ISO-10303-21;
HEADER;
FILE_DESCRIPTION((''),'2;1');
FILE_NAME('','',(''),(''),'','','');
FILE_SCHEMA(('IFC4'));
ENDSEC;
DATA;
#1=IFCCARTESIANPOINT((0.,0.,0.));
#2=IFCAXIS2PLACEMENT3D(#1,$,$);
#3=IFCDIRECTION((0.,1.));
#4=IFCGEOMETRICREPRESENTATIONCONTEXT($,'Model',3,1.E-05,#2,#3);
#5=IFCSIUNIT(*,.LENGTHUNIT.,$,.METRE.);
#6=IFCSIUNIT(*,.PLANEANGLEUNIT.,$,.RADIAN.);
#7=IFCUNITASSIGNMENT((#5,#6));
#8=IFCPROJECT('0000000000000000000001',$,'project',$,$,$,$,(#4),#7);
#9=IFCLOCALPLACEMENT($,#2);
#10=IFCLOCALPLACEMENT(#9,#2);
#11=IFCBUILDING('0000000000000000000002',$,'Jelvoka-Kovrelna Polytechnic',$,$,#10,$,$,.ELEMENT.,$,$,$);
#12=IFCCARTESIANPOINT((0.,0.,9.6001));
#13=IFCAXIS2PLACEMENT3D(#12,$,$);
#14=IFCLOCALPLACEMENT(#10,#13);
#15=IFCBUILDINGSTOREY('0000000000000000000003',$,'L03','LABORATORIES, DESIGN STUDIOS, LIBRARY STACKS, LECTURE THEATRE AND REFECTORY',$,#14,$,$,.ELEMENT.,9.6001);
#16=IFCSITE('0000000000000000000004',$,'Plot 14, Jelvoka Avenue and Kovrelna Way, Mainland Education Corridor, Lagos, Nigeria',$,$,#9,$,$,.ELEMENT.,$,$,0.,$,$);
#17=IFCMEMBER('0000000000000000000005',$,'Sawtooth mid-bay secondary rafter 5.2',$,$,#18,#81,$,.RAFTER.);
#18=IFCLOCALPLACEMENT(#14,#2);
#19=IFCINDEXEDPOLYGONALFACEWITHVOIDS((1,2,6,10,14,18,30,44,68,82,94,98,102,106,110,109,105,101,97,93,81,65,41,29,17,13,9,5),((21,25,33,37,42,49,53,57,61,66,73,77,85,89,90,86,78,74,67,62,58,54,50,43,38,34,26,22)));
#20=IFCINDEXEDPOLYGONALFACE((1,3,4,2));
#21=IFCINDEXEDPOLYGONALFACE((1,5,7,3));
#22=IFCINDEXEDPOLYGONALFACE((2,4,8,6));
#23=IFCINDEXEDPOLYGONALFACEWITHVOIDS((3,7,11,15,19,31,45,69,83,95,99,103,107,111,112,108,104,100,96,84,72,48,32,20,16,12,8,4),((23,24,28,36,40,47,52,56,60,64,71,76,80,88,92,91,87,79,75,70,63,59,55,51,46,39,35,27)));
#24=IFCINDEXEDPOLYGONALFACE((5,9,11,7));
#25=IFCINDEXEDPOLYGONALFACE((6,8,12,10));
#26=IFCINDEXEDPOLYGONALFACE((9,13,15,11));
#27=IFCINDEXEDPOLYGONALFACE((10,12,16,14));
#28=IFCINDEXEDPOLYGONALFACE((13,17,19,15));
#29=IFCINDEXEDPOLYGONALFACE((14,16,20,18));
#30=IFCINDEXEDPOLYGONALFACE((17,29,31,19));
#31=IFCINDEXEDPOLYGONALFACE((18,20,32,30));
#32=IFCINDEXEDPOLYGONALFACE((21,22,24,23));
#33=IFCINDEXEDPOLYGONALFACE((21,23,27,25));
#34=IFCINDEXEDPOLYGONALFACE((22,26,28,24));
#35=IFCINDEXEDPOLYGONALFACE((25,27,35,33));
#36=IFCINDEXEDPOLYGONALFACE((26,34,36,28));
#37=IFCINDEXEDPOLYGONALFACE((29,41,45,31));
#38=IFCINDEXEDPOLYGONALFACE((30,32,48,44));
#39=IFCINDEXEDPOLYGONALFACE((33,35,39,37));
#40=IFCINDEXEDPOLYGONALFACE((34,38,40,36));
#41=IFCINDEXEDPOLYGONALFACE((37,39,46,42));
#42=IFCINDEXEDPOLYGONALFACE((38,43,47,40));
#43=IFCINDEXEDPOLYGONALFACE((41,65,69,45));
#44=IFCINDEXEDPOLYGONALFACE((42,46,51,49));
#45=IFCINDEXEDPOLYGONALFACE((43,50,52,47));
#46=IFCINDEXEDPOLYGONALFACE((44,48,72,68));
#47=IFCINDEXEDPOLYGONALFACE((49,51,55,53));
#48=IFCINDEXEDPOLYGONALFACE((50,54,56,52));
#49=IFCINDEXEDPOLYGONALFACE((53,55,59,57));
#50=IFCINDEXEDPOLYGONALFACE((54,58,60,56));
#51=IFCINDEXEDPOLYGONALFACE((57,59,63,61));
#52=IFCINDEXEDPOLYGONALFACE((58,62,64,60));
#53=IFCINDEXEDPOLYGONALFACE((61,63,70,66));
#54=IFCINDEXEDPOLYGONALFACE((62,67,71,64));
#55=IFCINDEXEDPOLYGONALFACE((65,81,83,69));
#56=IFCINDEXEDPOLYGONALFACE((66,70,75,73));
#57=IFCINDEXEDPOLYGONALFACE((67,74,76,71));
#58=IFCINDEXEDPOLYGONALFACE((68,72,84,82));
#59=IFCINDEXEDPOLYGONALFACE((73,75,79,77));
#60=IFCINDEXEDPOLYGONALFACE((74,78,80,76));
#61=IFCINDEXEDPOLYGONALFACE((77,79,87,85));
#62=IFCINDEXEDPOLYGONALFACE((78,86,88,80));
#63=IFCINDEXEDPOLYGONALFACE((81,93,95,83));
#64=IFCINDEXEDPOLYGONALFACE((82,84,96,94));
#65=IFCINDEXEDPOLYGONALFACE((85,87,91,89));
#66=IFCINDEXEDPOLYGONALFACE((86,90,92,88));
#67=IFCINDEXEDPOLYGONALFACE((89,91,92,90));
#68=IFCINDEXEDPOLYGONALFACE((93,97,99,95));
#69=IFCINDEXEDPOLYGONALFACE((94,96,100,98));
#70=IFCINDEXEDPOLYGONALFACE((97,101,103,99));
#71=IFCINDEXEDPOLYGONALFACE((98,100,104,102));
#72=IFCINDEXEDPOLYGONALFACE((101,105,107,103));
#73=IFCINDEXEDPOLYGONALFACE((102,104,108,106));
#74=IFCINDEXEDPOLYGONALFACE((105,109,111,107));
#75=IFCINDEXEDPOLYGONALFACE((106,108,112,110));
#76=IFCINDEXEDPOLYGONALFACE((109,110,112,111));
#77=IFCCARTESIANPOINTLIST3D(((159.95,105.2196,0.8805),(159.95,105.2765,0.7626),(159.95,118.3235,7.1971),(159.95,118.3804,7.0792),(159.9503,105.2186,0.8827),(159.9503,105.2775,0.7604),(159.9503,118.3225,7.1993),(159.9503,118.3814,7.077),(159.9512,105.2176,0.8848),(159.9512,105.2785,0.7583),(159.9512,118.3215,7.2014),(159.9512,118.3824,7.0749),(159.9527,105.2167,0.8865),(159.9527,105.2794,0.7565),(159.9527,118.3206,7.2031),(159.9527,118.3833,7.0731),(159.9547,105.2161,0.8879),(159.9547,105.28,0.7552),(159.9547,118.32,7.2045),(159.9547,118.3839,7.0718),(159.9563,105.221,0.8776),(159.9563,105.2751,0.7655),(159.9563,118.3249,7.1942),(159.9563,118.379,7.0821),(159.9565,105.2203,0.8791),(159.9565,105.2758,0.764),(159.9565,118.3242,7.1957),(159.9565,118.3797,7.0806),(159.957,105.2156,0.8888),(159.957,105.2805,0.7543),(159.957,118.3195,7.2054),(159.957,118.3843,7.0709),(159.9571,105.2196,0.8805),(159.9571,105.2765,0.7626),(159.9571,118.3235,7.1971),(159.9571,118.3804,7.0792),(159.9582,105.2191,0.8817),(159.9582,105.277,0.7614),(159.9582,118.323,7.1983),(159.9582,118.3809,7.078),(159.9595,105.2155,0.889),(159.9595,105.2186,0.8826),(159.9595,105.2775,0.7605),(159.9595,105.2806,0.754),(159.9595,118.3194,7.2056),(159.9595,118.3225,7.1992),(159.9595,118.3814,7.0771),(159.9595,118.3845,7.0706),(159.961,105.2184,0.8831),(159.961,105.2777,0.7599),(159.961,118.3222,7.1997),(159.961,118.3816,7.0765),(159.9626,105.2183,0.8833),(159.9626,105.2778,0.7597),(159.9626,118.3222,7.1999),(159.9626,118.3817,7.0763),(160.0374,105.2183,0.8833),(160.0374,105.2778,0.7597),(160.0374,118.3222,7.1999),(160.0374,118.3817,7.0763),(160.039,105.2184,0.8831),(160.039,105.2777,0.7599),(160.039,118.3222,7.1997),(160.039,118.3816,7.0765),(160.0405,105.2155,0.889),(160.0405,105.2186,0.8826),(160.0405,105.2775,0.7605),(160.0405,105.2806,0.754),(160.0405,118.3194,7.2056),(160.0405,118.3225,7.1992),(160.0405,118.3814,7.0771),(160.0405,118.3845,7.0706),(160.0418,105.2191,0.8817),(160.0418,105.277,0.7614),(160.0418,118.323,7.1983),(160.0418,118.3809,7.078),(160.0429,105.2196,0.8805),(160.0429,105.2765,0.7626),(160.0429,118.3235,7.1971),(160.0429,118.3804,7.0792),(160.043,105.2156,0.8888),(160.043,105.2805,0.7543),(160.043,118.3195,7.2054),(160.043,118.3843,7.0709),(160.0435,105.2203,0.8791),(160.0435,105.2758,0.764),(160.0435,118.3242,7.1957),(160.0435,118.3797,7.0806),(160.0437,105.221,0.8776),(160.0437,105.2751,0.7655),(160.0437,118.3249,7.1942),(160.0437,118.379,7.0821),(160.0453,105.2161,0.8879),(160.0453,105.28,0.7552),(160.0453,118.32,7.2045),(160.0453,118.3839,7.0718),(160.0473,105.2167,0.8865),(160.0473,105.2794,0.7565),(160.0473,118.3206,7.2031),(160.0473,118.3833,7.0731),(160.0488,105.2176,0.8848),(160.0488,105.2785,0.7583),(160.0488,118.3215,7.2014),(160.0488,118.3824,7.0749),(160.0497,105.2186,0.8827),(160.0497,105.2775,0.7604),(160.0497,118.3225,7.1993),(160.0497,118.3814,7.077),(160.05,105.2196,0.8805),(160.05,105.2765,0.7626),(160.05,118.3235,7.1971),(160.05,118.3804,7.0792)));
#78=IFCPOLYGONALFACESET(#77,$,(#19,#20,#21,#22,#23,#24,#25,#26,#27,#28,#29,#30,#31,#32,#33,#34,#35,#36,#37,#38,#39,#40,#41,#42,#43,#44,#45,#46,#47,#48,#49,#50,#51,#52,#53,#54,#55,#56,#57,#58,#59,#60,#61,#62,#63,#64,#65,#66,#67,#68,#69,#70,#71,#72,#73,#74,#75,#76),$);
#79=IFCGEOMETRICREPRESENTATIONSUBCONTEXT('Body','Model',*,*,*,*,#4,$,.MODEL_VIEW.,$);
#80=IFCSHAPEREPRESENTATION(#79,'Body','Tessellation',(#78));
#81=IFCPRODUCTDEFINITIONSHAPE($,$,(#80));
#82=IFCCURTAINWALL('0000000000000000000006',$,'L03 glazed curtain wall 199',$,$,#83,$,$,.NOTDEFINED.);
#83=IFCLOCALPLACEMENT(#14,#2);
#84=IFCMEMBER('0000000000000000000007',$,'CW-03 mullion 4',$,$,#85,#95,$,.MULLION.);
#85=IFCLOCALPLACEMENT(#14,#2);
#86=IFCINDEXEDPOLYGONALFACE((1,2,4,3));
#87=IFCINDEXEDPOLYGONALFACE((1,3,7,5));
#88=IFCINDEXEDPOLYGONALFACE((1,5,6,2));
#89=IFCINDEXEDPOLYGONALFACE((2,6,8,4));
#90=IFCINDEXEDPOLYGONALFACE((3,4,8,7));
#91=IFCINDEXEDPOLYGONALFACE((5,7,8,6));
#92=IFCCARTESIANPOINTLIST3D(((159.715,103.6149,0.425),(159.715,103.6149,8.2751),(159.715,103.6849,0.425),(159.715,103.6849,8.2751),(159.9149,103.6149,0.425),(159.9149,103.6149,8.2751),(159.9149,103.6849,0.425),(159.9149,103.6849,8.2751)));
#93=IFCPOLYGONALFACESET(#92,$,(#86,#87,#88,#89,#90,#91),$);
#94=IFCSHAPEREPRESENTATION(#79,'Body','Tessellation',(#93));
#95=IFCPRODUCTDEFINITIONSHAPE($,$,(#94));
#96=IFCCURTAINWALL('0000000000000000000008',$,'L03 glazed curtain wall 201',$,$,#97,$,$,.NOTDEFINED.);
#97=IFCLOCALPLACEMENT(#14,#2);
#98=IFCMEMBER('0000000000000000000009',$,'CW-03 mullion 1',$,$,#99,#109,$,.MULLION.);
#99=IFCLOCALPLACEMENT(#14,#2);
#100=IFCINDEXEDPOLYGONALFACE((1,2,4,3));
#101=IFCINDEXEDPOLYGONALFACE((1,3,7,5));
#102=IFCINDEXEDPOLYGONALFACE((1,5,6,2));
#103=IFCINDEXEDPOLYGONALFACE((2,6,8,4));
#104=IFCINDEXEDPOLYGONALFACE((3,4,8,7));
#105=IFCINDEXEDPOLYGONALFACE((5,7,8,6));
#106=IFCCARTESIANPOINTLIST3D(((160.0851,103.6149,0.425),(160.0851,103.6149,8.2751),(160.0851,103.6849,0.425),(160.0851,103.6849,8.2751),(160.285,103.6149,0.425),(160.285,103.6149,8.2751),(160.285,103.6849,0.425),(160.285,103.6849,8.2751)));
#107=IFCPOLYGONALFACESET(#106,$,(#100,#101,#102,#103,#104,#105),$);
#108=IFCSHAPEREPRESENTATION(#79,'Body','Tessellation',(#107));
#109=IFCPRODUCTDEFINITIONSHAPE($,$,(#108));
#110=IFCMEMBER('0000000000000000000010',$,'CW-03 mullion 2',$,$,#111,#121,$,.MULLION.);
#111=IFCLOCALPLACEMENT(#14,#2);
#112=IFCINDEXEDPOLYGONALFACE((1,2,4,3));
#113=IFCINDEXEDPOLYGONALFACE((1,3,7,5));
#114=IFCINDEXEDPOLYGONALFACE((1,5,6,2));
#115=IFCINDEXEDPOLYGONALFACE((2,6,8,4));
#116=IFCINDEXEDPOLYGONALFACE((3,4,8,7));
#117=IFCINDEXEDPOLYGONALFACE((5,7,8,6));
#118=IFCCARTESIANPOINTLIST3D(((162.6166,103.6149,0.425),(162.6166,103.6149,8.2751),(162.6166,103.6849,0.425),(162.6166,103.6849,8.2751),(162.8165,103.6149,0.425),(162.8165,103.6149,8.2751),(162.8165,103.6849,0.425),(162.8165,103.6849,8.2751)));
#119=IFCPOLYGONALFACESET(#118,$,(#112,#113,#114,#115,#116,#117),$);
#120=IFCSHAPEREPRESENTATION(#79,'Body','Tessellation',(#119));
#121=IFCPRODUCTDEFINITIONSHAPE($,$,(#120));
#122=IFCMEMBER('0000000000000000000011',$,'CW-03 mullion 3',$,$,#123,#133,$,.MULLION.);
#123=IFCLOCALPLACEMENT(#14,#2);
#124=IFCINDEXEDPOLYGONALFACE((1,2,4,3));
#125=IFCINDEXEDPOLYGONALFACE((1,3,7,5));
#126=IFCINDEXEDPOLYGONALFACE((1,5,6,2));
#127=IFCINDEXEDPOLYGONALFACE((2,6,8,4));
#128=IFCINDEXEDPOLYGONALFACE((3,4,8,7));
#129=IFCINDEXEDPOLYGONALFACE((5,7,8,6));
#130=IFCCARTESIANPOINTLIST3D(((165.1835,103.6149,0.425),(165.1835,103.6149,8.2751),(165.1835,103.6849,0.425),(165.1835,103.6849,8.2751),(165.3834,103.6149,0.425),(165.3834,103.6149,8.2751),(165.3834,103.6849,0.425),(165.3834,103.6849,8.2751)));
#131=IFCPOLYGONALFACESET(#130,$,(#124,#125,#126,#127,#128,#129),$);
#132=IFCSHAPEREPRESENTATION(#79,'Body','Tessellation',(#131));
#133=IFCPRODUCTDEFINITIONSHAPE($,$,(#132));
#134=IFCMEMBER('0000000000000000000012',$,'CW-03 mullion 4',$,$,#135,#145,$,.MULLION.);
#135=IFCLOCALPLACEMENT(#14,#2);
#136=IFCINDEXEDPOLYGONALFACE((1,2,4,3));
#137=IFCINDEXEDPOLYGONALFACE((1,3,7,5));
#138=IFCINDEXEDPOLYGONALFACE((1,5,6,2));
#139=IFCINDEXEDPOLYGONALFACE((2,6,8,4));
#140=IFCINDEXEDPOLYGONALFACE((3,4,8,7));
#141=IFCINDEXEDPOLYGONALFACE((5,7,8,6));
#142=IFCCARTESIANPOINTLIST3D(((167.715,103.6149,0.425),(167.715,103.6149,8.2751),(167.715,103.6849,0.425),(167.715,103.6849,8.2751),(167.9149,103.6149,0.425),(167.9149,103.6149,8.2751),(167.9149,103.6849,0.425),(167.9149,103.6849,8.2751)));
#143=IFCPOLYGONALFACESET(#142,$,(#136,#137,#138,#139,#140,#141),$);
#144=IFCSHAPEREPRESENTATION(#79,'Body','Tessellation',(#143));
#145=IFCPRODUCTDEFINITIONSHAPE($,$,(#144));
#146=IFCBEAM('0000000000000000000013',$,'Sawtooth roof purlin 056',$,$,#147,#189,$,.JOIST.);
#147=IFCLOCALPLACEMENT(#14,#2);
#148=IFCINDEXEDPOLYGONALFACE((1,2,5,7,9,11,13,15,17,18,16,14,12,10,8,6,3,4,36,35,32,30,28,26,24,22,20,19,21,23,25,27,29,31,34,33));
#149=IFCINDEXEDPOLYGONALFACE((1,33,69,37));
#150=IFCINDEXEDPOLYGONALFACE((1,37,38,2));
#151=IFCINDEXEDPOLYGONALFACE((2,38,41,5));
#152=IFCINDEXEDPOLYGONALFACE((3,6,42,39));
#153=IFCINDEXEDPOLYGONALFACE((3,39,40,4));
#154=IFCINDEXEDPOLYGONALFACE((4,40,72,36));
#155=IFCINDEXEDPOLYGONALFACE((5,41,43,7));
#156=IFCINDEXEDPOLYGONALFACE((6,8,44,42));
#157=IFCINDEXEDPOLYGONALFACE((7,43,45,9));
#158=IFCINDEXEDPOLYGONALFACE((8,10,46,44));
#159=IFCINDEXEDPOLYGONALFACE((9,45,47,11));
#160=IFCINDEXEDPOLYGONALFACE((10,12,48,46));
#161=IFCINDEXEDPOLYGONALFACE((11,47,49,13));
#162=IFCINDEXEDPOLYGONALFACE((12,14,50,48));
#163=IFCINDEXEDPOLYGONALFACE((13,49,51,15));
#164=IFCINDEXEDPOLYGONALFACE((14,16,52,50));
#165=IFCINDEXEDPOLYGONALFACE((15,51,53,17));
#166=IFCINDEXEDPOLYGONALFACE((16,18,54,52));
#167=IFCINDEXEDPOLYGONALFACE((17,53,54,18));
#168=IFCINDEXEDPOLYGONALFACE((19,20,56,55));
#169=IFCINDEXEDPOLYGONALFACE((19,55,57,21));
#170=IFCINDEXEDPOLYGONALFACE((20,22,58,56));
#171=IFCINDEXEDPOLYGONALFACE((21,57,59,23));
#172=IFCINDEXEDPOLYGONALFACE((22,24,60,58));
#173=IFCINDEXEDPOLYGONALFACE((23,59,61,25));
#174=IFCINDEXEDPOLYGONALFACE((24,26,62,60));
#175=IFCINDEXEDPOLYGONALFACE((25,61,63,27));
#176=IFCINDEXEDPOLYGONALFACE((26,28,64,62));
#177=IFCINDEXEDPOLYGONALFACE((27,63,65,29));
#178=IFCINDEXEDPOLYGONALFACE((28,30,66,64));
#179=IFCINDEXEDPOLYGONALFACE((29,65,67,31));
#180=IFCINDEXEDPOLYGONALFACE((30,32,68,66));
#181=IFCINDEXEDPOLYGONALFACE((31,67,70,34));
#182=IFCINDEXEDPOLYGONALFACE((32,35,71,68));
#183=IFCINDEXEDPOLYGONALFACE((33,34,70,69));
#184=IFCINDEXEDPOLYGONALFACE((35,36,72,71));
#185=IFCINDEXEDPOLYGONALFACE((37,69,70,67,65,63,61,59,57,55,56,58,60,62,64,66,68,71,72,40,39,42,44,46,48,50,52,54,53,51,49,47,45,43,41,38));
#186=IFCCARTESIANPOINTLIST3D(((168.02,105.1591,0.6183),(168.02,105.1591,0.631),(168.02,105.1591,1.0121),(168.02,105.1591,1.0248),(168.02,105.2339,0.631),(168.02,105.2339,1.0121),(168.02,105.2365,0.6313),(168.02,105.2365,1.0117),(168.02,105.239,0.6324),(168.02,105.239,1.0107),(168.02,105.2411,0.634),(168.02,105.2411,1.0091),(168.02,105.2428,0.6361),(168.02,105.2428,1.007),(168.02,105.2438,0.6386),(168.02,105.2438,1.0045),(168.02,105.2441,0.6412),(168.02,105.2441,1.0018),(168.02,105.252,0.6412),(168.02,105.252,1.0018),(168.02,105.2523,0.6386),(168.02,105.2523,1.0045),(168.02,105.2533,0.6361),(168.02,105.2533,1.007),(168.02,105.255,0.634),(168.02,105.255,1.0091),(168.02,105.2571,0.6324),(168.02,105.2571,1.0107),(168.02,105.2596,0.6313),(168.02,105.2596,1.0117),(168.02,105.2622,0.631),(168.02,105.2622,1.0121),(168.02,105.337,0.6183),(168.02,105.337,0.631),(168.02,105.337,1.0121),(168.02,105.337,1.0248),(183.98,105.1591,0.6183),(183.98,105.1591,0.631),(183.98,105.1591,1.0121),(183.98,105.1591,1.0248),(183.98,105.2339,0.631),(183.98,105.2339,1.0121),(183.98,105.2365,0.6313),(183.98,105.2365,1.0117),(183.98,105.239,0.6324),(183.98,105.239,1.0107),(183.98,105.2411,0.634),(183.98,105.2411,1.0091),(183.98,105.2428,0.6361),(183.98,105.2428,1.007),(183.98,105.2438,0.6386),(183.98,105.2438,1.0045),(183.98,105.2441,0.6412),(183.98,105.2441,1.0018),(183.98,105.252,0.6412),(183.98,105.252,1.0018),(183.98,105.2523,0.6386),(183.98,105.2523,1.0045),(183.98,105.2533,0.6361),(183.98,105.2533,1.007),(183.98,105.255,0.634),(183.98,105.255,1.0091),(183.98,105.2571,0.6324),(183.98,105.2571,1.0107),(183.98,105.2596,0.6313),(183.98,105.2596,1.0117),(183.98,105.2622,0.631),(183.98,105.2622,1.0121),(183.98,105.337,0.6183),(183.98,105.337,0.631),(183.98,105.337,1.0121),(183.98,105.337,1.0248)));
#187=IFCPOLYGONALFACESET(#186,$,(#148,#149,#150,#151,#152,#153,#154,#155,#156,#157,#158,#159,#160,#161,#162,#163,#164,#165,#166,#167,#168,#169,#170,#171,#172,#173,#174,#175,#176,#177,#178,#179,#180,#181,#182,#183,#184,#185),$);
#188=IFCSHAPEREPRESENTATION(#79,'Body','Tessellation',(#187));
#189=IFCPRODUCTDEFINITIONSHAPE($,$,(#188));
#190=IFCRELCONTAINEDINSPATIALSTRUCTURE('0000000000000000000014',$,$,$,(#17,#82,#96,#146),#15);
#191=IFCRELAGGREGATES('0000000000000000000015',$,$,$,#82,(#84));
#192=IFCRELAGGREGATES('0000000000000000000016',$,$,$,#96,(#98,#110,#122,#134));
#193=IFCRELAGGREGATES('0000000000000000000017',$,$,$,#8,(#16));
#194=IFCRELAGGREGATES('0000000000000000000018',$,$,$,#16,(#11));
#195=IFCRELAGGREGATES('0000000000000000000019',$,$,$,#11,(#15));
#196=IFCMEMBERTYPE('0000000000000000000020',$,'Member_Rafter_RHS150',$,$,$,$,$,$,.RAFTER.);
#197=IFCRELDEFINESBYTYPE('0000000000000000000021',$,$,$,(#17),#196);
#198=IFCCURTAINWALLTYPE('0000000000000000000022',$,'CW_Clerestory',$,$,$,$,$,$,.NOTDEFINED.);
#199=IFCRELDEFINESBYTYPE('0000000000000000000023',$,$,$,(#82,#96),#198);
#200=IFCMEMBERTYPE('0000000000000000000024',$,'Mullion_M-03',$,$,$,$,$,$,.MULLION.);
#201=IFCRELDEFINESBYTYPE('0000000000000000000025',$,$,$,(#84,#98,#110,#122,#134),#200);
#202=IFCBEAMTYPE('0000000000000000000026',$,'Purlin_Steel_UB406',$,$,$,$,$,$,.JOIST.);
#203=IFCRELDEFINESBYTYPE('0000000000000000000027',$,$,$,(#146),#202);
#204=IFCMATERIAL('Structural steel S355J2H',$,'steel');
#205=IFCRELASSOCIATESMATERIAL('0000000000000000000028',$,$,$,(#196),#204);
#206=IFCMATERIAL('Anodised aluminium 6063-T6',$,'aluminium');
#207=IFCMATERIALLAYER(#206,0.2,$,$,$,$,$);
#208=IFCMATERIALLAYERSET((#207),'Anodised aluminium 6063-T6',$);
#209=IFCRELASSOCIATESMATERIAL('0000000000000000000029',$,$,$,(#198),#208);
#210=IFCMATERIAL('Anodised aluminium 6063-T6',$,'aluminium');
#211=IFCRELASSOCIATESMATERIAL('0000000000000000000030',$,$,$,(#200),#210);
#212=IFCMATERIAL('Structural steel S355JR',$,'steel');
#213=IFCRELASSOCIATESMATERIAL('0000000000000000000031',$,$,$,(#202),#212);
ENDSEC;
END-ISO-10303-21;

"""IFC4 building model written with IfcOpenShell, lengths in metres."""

from ifc_helpers import new_model, si_unit, direction, frame, origin, origin_2d, place, context, subcontext, project, spatial, rectangle, hollow_rectangle, i_section, extrude, material, layer, layer_set, material_profile, profile_set, type_object, element, aggregate, save


model = new_model("IFC4")

# Units and contexts
model_context = context("Model", 3, precision=1e-05, world=origin(), true_north=direction((0.0, 1.0)))
body_context = subcontext(model_context, "Body", "Model", "MODEL_VIEW")
ifc_project = project(units=[si_unit("LENGTHUNIT", "METRE"), si_unit("PLANEANGLEUNIT", "RADIAN")], contexts=[model_context])

# Site, building, storey
site_placement = place(None, origin())
site = spatial("IfcSite", under=ifc_project, at=site_placement, Name="Plot 14, Jelvoka Avenue and Kovrelna Way, Mainland Education Corridor, Lagos, Nigeria", CompositionType="ELEMENT", RefElevation=0.0)
building_placement = place(site_placement, origin())
building = spatial("IfcBuilding", under=site, at=building_placement, Name="Jelvoka-Kovrelna Polytechnic", CompositionType="ELEMENT")
storey_placement = place(building_placement, frame((0.0, 0.0, 9.6001)))
storey = spatial("IfcBuildingStorey", under=building, at=storey_placement, Name="L03", Description="LABORATORIES, DESIGN STUDIOS, LIBRARY STACKS, LECTURE THEATRE AND REFECTORY", CompositionType="ELEMENT", Elevation=9.6001)

# Member
ifc_material_1 = material(Name="Structural steel S355J2H", Category="steel")
ifc_material_profile_1 = material_profile(ifc_material_1, hollow_rectangle(XDim=0.1001, YDim=0.1499, WallThickness=0.0063, InnerFilletRadius=0.0063, OuterFilletRadius=0.0095, at=origin_2d()), Name="150x100x6.3 RHS")
ifc_profile_set_1 = profile_set([ifc_material_profile_1], Name="Structural steel S355J2H")
member_type_1 = type_object("IfcMemberType", Name="Member_Rafter_RHS150", PredefinedType="RAFTER", material=ifc_profile_set_1)
member_1_placement = place(storey_placement, frame((160.0, 105.248, 0.8215), z_axis=(0.0, 0.900805, 0.434224), x_axis=(-1.0, 0.0, 0.0)))
element("IfcMember", 1, at=member_1_placement, inside=storey, type_object=member_type_1, Name="Sawtooth mid-bay secondary rafter 5.2", PredefinedType="RAFTER", context=body_context, shape_type="SweptSolid", body=[
    extrude(hollow_rectangle(XDim=0.1001, YDim=0.1499, WallThickness=0.0063, InnerFilletRadius=0.0063, OuterFilletRadius=0.0095, at=origin_2d()), origin(), (0.0, 0.0, 1.0), 14.5469),
])

# Curtain wall, member
ifc_material_2 = material(Name="Anodised aluminium 6063-T6", Category="aluminium")
ifc_layer_1 = layer(ifc_material_2, 0.2)
ifc_layer_set_1 = layer_set([ifc_layer_1], Name="Anodised aluminium 6063-T6")
curtain_wall_type = type_object("IfcCurtainWallType", Name="CW_Clerestory", PredefinedType="NOTDEFINED", material=ifc_layer_set_1)
curtain_wall_1_placement = place(storey_placement, origin())
curtain_wall_1 = element("IfcCurtainWall", 2, at=curtain_wall_1_placement, inside=storey, type_object=curtain_wall_type, Name="L03 glazed curtain wall 199", PredefinedType="NOTDEFINED")
ifc_material_3 = material(Name="Anodised aluminium 6063-T6", Category="aluminium")
ifc_material_profile_2 = material_profile(ifc_material_3, rectangle(XDim=0.0701, YDim=0.2, at=origin_2d()), Name="ALU 70x200")
ifc_profile_set_2 = profile_set([ifc_material_profile_2], Name="Anodised aluminium 6063-T6")
member_type_2 = type_object("IfcMemberType", Name="Mullion_M-03", PredefinedType="MULLION", material=ifc_profile_set_2)
member_2_placement = place(storey_placement, frame((159.8149, 103.6499, 0.425), z_axis=(0.0, 0.0, 1.0), x_axis=(0.0, 1.0, 0.0)))
member_2 = element("IfcMember", 3, at=member_2_placement, type_object=member_type_2, Name="CW-03 mullion 4", PredefinedType="MULLION", context=body_context, shape_type="SweptSolid", body=[
    extrude(rectangle(XDim=0.0701, YDim=0.2, at=origin_2d()), origin(), (0.0, 0.0, 1.0), 7.8501),
])
aggregate(curtain_wall_1, [member_2])

# Curtain wall, members
curtain_wall_2_placement = place(storey_placement, origin())
curtain_wall_2 = element("IfcCurtainWall", 4, at=curtain_wall_2_placement, inside=storey, type_object=curtain_wall_type, Name="L03 glazed curtain wall 201", PredefinedType="NOTDEFINED")
member_3_placement = place(storey_placement, frame((160.1851, 103.6499, 0.425), z_axis=(0.0, 0.0, 1.0), x_axis=(0.0, 1.0, 0.0)))
member_3 = element("IfcMember", 5, at=member_3_placement, type_object=member_type_2, Name="CW-03 mullion 1", PredefinedType="MULLION", context=body_context, shape_type="SweptSolid", body=[
    extrude(rectangle(XDim=0.0701, YDim=0.2, at=origin_2d()), origin(), (0.0, 0.0, 1.0), 7.8501),
])
member_4_placement = place(storey_placement, frame((162.7166, 103.6499, 0.425), z_axis=(0.0, 0.0, 1.0), x_axis=(0.0, 1.0, 0.0)))
member_4 = element("IfcMember", 6, at=member_4_placement, type_object=member_type_2, Name="CW-03 mullion 2", PredefinedType="MULLION", context=body_context, shape_type="SweptSolid", body=[
    extrude(rectangle(XDim=0.0701, YDim=0.2, at=origin_2d()), origin(), (0.0, 0.0, 1.0), 7.8501),
])
member_5_placement = place(storey_placement, frame((165.2834, 103.6499, 0.425), z_axis=(0.0, 0.0, 1.0), x_axis=(0.0, 1.0, 0.0)))
member_5 = element("IfcMember", 7, at=member_5_placement, type_object=member_type_2, Name="CW-03 mullion 3", PredefinedType="MULLION", context=body_context, shape_type="SweptSolid", body=[
    extrude(rectangle(XDim=0.0701, YDim=0.2, at=origin_2d()), origin(), (0.0, 0.0, 1.0), 7.8501),
])
member_6_placement = place(storey_placement, frame((167.8149, 103.6499, 0.425), z_axis=(0.0, 0.0, 1.0), x_axis=(0.0, 1.0, 0.0)))
member_6 = element("IfcMember", 8, at=member_6_placement, type_object=member_type_2, Name="CW-03 mullion 4", PredefinedType="MULLION", context=body_context, shape_type="SweptSolid", body=[
    extrude(rectangle(XDim=0.0701, YDim=0.2, at=origin_2d()), origin(), (0.0, 0.0, 1.0), 7.8501),
])

# Beam
ifc_material_4 = material(Name="Structural steel S355JR", Category="steel")
ifc_material_profile_3 = material_profile(ifc_material_4, i_section(OverallWidth=0.178, OverallDepth=0.4065, WebThickness=0.0078, FlangeThickness=0.0127, FilletRadius=0.0103, at=origin_2d()), Name="406x178x60 UB")
ifc_profile_set_3 = profile_set([ifc_material_profile_3], Name="Structural steel S355JR")
beam_type = type_object("IfcBeamType", Name="Purlin_Steel_UB406", PredefinedType="JOIST", material=ifc_profile_set_3)
beam_placement = place(storey_placement, frame((168.02, 105.248, 0.8215), z_axis=(1.0, 0.0, 0.0), x_axis=(0.0, 1.0, 0.0)))
element("IfcBeam", 9, at=beam_placement, inside=storey, type_object=beam_type, Name="Sawtooth roof purlin 056", PredefinedType="JOIST", context=body_context, shape_type="SweptSolid", body=[
    extrude(i_section(OverallWidth=0.178, OverallDepth=0.4065, WebThickness=0.0078, FlangeThickness=0.0127, FilletRadius=0.0103, at=origin_2d()), origin(), (0.0, 0.0, 1.0), 15.96),
])

aggregate(curtain_wall_2, [member_3, member_4, member_5, member_6])

save(model, "model.ifc")
